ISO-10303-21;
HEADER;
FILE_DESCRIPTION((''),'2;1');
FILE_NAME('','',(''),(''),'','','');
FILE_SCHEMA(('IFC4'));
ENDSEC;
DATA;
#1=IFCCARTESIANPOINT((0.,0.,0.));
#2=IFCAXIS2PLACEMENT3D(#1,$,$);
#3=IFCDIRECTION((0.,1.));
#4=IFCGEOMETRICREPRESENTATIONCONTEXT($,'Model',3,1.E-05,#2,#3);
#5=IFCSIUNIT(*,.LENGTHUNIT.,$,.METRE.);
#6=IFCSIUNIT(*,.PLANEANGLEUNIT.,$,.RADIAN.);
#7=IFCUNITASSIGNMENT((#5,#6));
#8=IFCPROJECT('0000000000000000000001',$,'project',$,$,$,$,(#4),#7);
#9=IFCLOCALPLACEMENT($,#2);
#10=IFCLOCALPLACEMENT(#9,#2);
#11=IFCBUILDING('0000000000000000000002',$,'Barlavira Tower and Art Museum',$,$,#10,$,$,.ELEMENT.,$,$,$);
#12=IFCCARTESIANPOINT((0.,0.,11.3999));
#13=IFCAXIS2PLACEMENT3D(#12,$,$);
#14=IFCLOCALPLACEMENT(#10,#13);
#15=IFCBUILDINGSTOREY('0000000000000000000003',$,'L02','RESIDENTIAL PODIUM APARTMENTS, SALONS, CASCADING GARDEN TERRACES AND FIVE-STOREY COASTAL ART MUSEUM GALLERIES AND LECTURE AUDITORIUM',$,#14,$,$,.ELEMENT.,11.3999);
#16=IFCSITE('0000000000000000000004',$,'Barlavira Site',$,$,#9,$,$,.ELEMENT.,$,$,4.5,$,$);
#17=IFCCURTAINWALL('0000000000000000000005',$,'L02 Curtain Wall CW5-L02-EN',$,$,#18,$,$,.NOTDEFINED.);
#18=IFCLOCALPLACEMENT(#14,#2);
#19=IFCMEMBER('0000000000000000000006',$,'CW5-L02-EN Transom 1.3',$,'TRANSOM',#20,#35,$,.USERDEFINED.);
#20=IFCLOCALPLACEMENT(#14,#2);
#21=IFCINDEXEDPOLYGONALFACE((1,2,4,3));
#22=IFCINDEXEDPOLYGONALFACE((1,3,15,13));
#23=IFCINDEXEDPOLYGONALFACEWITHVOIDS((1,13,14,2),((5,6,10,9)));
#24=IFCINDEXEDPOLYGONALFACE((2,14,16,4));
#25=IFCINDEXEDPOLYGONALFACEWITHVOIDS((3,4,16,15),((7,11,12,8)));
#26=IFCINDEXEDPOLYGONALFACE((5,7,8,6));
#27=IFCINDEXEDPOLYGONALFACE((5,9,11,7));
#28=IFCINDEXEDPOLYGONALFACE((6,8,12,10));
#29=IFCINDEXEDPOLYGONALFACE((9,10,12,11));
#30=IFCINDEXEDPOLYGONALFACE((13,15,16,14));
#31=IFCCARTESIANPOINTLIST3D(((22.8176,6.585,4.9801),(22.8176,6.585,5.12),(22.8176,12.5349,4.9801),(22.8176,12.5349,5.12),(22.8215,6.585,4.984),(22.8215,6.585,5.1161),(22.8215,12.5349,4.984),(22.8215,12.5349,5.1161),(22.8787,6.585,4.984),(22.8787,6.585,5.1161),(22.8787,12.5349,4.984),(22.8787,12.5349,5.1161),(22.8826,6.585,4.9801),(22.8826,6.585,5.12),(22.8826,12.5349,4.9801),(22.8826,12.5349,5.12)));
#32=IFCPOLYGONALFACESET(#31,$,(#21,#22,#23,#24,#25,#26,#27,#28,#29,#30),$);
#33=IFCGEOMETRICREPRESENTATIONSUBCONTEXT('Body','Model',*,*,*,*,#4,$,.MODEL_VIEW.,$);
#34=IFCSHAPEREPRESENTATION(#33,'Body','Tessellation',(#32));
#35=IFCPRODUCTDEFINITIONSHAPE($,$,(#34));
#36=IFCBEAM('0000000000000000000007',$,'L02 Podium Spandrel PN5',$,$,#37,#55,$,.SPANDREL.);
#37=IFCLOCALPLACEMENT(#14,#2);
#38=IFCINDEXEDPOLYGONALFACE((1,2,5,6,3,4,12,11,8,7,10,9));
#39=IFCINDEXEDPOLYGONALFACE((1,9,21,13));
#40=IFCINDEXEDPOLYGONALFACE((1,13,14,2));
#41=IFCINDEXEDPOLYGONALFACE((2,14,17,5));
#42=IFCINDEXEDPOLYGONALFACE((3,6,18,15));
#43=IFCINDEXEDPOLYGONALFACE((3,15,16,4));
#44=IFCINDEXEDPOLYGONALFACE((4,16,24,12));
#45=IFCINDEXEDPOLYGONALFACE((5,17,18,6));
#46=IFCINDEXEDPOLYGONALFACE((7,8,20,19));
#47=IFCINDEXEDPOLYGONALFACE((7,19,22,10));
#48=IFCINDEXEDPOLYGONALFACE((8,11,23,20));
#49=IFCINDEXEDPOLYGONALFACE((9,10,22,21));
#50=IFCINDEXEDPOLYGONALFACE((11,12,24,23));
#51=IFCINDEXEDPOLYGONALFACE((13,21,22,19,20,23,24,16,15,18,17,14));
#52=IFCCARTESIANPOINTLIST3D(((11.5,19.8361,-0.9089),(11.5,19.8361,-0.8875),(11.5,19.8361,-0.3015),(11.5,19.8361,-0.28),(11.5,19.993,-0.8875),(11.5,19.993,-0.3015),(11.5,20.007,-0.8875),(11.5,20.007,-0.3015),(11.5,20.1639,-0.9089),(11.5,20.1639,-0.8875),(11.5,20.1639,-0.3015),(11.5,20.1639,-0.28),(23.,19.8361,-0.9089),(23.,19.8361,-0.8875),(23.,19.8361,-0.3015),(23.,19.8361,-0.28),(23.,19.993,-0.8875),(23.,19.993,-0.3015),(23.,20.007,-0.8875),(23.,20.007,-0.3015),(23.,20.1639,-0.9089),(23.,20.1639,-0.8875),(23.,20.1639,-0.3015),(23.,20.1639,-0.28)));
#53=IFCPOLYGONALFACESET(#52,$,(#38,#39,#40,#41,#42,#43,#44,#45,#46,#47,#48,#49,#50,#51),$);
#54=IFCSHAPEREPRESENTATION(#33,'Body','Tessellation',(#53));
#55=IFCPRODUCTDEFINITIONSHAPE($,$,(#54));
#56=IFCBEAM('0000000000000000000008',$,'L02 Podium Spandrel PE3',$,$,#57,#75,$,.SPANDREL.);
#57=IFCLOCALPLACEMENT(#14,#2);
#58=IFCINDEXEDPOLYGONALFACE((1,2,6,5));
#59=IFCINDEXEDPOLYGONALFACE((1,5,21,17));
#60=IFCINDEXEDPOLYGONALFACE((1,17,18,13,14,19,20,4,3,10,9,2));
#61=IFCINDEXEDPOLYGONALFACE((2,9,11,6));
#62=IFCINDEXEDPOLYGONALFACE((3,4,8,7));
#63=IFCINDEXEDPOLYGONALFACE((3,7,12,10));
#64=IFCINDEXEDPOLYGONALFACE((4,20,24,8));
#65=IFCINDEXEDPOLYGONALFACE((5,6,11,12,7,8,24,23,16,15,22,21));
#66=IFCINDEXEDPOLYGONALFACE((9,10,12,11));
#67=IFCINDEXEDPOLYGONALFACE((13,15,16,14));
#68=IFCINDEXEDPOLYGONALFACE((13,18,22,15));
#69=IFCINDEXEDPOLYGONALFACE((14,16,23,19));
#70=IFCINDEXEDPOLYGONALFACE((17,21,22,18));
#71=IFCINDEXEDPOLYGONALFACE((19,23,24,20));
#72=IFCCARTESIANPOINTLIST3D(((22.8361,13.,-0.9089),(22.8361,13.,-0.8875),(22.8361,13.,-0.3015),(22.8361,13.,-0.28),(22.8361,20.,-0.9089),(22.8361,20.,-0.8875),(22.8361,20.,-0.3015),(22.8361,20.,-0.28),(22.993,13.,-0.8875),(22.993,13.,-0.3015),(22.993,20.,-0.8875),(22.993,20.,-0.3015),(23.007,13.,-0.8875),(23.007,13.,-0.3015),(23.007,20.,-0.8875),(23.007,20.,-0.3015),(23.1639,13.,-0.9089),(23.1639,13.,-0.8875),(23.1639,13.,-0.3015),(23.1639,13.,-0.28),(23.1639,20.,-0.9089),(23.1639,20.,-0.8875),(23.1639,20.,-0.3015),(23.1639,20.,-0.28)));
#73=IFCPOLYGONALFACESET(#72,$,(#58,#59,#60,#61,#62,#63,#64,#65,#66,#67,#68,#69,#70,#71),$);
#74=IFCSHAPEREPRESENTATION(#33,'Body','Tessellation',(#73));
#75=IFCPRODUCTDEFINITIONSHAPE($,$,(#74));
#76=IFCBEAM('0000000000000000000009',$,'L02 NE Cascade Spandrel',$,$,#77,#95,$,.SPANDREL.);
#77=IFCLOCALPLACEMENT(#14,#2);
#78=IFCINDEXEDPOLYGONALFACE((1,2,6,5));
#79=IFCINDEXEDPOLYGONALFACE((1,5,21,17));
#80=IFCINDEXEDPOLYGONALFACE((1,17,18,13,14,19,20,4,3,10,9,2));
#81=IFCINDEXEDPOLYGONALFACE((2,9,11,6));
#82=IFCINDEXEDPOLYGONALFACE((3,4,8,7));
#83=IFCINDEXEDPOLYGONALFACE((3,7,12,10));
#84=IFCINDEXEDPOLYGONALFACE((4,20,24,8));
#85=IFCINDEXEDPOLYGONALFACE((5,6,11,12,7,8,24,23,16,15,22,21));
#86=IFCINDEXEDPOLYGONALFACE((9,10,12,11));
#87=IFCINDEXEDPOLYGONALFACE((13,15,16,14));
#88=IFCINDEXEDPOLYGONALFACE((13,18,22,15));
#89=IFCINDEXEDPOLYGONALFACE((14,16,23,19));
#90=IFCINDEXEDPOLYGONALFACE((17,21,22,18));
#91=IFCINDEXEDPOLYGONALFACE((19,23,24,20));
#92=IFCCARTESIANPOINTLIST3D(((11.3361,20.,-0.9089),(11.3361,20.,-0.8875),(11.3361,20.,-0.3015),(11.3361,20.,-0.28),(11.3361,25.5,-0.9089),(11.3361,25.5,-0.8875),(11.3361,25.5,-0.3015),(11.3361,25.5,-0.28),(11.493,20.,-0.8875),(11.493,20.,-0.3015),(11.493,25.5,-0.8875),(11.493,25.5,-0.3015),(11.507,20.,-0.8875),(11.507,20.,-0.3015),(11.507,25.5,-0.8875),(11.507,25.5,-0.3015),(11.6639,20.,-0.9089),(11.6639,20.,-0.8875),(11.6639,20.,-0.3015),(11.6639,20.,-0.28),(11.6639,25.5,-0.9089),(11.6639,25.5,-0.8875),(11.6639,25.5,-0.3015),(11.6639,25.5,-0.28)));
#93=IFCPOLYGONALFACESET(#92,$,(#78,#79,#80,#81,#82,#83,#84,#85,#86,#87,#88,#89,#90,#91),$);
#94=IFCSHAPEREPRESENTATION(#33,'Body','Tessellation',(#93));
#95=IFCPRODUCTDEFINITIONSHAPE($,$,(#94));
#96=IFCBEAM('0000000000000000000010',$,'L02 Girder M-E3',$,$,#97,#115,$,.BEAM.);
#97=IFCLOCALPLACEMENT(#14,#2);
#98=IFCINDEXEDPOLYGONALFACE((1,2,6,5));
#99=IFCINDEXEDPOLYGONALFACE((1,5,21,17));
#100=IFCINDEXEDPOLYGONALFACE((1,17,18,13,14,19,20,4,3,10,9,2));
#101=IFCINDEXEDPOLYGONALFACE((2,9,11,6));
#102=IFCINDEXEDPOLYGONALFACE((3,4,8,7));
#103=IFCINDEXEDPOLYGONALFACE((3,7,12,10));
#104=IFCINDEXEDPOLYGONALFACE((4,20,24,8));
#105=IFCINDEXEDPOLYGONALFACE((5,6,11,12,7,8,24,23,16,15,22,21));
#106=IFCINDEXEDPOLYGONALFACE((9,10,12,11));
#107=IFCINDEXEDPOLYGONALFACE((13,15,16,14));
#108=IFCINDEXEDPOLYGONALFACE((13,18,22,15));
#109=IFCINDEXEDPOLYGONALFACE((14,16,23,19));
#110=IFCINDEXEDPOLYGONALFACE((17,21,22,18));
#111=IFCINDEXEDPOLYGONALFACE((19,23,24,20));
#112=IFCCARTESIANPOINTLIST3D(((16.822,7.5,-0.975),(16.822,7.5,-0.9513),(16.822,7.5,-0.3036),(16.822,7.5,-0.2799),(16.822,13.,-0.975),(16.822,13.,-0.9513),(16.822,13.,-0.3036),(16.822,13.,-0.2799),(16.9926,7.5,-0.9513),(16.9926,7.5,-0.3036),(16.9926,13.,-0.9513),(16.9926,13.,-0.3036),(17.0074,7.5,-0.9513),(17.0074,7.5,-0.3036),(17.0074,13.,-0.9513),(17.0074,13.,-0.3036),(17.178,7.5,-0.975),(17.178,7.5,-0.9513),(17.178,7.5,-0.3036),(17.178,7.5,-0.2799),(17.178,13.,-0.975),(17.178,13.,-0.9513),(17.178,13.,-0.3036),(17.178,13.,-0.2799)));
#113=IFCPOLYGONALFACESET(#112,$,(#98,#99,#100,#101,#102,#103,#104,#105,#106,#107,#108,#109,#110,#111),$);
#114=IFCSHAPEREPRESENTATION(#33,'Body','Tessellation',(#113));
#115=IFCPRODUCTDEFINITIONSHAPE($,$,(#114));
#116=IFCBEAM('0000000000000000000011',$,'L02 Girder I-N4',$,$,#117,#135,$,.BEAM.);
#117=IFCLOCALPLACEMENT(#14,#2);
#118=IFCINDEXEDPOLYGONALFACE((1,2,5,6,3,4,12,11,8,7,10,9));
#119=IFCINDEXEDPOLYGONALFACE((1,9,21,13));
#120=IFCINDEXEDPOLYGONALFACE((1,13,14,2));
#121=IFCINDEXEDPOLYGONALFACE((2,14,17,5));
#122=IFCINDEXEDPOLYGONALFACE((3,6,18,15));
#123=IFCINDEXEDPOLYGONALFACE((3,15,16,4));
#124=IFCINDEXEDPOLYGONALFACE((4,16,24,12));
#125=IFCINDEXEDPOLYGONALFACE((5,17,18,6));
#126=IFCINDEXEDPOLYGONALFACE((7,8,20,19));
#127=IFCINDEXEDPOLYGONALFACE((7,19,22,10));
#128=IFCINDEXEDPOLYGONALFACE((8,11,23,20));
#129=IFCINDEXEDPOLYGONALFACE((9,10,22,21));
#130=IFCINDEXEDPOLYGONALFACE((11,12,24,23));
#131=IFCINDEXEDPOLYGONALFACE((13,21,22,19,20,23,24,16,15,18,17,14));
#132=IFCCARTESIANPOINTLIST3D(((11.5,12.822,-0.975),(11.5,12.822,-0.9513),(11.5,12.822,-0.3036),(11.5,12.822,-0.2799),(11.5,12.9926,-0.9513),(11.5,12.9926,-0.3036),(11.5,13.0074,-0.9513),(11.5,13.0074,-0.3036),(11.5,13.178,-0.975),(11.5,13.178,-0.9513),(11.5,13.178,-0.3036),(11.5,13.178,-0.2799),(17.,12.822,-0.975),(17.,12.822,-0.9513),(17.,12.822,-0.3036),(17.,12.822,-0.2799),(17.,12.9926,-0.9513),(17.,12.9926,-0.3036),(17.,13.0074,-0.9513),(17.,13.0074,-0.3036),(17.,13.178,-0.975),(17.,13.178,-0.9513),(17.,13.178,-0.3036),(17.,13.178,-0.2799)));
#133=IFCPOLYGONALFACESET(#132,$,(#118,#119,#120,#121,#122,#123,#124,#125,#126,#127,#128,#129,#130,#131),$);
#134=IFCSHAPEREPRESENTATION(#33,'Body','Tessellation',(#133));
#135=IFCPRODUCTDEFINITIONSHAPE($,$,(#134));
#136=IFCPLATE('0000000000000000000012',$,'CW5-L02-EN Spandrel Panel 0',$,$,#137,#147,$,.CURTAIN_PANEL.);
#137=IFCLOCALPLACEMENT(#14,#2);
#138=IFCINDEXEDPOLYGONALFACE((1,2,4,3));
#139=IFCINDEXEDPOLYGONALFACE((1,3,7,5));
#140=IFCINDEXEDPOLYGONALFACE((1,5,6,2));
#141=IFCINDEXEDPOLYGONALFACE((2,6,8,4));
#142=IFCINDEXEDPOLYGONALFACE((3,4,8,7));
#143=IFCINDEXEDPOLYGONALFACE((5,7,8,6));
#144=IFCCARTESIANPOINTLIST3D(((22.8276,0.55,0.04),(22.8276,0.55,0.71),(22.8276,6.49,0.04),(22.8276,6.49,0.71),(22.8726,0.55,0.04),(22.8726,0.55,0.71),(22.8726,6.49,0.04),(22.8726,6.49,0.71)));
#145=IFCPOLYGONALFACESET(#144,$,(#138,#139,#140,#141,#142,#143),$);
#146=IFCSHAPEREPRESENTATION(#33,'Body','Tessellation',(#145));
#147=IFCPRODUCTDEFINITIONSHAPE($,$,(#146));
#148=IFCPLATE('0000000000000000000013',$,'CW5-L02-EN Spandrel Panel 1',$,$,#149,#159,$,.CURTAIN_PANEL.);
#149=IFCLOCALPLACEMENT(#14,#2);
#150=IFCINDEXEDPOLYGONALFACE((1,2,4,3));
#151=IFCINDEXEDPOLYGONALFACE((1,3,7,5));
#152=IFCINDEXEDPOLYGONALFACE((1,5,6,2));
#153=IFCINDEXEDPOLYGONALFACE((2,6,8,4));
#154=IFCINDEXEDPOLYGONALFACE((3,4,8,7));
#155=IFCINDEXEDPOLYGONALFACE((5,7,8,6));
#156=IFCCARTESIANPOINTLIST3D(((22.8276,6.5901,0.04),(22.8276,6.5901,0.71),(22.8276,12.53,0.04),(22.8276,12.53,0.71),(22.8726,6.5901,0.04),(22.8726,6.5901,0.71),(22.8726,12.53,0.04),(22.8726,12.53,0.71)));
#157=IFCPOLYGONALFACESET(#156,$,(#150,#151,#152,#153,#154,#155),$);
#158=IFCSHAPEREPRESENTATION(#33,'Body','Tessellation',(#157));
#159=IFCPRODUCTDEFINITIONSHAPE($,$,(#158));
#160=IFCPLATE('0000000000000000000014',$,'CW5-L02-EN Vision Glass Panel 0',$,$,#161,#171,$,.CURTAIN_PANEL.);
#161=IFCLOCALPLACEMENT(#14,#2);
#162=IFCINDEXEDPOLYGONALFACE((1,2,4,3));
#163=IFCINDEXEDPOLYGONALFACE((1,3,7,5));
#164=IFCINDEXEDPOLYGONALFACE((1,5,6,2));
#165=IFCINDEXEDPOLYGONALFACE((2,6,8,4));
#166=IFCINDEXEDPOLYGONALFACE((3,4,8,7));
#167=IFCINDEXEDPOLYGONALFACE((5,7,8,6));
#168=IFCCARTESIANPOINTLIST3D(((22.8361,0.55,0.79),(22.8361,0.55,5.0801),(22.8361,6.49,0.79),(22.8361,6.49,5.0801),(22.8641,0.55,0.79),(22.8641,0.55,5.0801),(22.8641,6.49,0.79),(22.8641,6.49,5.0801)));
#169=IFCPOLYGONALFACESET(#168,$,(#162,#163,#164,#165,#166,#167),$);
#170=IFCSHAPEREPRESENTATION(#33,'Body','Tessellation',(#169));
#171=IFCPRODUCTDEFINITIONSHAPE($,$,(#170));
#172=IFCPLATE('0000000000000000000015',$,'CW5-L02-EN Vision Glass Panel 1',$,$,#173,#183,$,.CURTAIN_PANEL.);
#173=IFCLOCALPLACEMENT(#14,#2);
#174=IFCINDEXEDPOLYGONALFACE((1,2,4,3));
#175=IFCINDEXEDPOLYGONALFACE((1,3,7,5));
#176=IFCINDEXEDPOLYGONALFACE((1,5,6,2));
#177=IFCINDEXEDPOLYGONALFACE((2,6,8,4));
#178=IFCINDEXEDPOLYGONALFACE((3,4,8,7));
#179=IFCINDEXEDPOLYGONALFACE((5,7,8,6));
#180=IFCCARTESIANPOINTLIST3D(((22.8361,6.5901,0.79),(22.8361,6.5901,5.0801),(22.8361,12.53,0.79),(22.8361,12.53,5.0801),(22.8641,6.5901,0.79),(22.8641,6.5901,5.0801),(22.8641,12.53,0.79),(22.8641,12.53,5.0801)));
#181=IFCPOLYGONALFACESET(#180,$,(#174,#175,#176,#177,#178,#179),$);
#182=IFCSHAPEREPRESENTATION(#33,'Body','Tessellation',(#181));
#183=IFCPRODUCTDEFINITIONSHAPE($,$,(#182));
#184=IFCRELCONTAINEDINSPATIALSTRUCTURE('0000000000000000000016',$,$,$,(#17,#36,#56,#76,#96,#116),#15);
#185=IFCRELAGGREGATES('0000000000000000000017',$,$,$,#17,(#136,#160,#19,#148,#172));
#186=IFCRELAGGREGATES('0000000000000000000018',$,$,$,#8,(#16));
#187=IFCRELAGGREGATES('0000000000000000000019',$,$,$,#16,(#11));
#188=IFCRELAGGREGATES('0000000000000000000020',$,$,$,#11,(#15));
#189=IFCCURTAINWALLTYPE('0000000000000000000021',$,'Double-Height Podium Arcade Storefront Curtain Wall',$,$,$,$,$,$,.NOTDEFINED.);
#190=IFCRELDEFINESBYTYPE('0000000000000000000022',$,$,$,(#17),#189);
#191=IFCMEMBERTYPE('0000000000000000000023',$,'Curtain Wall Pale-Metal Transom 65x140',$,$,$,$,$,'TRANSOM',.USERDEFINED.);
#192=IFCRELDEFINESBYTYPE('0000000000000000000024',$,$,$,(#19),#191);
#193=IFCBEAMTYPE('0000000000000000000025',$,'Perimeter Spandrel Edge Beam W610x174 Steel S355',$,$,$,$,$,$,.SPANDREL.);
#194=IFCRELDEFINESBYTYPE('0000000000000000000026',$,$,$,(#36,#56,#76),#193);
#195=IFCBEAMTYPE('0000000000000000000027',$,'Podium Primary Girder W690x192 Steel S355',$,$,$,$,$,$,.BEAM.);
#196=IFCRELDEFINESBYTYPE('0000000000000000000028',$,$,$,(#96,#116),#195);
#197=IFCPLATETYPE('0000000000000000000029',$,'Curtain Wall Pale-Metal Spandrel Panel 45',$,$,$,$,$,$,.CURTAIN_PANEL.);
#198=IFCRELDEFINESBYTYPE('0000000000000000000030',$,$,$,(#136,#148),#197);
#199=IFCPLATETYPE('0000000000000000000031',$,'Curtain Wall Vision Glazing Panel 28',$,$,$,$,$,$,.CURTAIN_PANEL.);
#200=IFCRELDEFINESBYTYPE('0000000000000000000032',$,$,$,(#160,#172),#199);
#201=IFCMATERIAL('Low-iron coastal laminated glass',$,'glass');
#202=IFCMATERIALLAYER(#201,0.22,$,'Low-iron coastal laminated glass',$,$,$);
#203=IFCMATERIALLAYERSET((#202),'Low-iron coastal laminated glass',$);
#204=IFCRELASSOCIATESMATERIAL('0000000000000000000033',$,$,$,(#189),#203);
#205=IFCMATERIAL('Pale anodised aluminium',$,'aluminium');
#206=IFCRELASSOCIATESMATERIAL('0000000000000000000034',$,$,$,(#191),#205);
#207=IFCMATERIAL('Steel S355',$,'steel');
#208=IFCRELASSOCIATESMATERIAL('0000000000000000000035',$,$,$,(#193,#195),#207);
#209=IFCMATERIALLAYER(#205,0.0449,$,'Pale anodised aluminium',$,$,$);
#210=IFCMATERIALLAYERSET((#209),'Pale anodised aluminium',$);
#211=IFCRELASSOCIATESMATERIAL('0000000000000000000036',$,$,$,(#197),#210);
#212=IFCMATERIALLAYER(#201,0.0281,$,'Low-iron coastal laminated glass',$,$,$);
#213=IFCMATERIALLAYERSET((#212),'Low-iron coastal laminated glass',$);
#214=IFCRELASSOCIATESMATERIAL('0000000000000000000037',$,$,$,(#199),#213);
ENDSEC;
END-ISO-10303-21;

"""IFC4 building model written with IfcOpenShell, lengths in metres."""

from ifc_helpers import new_model, si_unit, direction, frame, origin, origin_2d, place, context, subcontext, project, spatial, rectangle, hollow_rectangle, i_section, extrude, material, layer, layer_set, material_profile, profile_set, type_object, element, aggregate, save


model = new_model("IFC4")

# Units and contexts
model_context = context("Model", 3, precision=1e-05, world=origin(), true_north=direction((0.0, 1.0)))
body_context = subcontext(model_context, "Body", "Model", "MODEL_VIEW")
ifc_project = project(units=[si_unit("LENGTHUNIT", "METRE"), si_unit("PLANEANGLEUNIT", "RADIAN")], contexts=[model_context])

# Site, building, storey
site_placement = place(None, origin())
site = spatial("IfcSite", under=ifc_project, at=site_placement, Name="Barlavira Site", CompositionType="ELEMENT", RefElevation=4.5)
building_placement = place(site_placement, origin())
building = spatial("IfcBuilding", under=site, at=building_placement, Name="Barlavira Tower and Art Museum", CompositionType="ELEMENT")
storey_placement = place(building_placement, frame((0.0, 0.0, 11.3999)))
storey = spatial("IfcBuildingStorey", under=building, at=storey_placement, Name="L02", Description="RESIDENTIAL PODIUM APARTMENTS, SALONS, CASCADING GARDEN TERRACES AND FIVE-STOREY COASTAL ART MUSEUM GALLERIES AND LECTURE AUDITORIUM", CompositionType="ELEMENT", Elevation=11.3999)

# Shared definitions
ifc_material_1 = material(Name="Steel S355", Category="steel")

# Curtain wall, member
ifc_material_2 = material(Name="Low-iron coastal laminated glass", Category="glass")
ifc_layer_1 = layer(ifc_material_2, 0.22, Name="Low-iron coastal laminated glass")
ifc_layer_set_1 = layer_set([ifc_layer_1], Name="Low-iron coastal laminated glass")
curtain_wall_type = type_object("IfcCurtainWallType", Name="Double-Height Podium Arcade Storefront Curtain Wall", PredefinedType="NOTDEFINED", material=ifc_layer_set_1)
curtain_wall_placement = place(storey_placement, origin())
curtain_wall = element("IfcCurtainWall", 1, at=curtain_wall_placement, inside=storey, type_object=curtain_wall_type, Name="L02 Curtain Wall CW5-L02-EN", PredefinedType="NOTDEFINED")
ifc_material_3 = material(Name="Pale anodised aluminium", Category="aluminium")
ifc_material_profile_1 = material_profile(ifc_material_3, hollow_rectangle(XDim=0.0649, YDim=0.1399, WallThickness=0.0039, at=origin_2d()), Name="ALU-TRAN 65x140x4")
ifc_profile_set_1 = profile_set([ifc_material_profile_1], Name="Pale anodised aluminium")
member_type_1 = type_object("IfcMemberType", Name="Curtain Wall Pale-Metal Transom 65x140", ElementType="TRANSOM", PredefinedType="USERDEFINED", material=ifc_profile_set_1)
member_1_placement = place(storey_placement, frame((22.8501, 6.585, 5.05), z_axis=(0.0, 1.0, 0.0), x_axis=(-1.0, 0.0, 0.0)))
member_1 = element("IfcMember", 2, at=member_1_placement, type_object=member_type_1, Name="CW5-L02-EN Transom 1.3", ObjectType="TRANSOM", PredefinedType="USERDEFINED", context=body_context, shape_type="SweptSolid", body=[
    extrude(hollow_rectangle(XDim=0.0649, YDim=0.1399, WallThickness=0.0039, at=origin_2d()), origin(), (0.0, 0.0, 1.0), 5.95),
])

# Beams
ifc_material_profile_2 = material_profile(ifc_material_1, i_section(OverallWidth=0.3279, OverallDepth=0.6289, WebThickness=0.0139, FlangeThickness=0.0215, at=origin_2d()), Name="W610x174.0")
ifc_profile_set_2 = profile_set([ifc_material_profile_2], Name="Steel S355")
beam_type_1 = type_object("IfcBeamType", Name="Perimeter Spandrel Edge Beam W610x174 Steel S355", PredefinedType="SPANDREL", material=ifc_profile_set_2)
beam_1_placement = place(storey_placement, frame((11.5, 20.0, -0.5945), z_axis=(1.0, 0.0, 0.0), x_axis=(0.0, 1.0, 0.0)))
element("IfcBeam", 3, at=beam_1_placement, inside=storey, type_object=beam_type_1, Name="L02 Podium Spandrel PN5", PredefinedType="SPANDREL", context=body_context, shape_type="SweptSolid", body=[
    extrude(i_section(OverallWidth=0.3279, OverallDepth=0.6289, WebThickness=0.0139, FlangeThickness=0.0215, at=origin_2d()), origin(), (0.0, 0.0, 1.0), 11.5),
])
beam_2_placement = place(storey_placement, frame((23.0, 13.0, -0.5945), z_axis=(0.0, 1.0, 0.0), x_axis=(-1.0, 0.0, 0.0)))
element("IfcBeam", 4, at=beam_2_placement, inside=storey, type_object=beam_type_1, Name="L02 Podium Spandrel PE3", PredefinedType="SPANDREL", context=body_context, shape_type="SweptSolid", body=[
    extrude(i_section(OverallWidth=0.3279, OverallDepth=0.6289, WebThickness=0.0139, FlangeThickness=0.0215, at=origin_2d()), origin(), (0.0, 0.0, 1.0), 7.0),
])
beam_3_placement = place(storey_placement, frame((11.5, 20.0, -0.5945), z_axis=(0.0, 1.0, 0.0), x_axis=(-1.0, 0.0, 0.0)))
element("IfcBeam", 5, at=beam_3_placement, inside=storey, type_object=beam_type_1, Name="L02 NE Cascade Spandrel", PredefinedType="SPANDREL", context=body_context, shape_type="SweptSolid", body=[
    extrude(i_section(OverallWidth=0.3279, OverallDepth=0.6289, WebThickness=0.0139, FlangeThickness=0.0215, at=origin_2d()), origin(), (0.0, 0.0, 1.0), 5.5),
])
ifc_material_profile_3 = material_profile(ifc_material_1, i_section(OverallWidth=0.356, OverallDepth=0.6951, WebThickness=0.0149, FlangeThickness=0.0237, at=origin_2d()), Name="W690x192.0")
ifc_profile_set_3 = profile_set([ifc_material_profile_3], Name="Steel S355")
beam_type_2 = type_object("IfcBeamType", Name="Podium Primary Girder W690x192 Steel S355", PredefinedType="BEAM", material=ifc_profile_set_3)
for number, where, z_axis, x_axis, name in (
    (6, (17.0, 7.5, -0.6274), (0.0, 1.0, 0.0), (-1.0, 0.0, 0.0), "L02 Girder M-E3"),
    (7, (11.5, 13.0, -0.6274), (1.0, 0.0, 0.0), (0.0, 1.0, 0.0), "L02 Girder I-N4"),
):
    element("IfcBeam", number, at=place(storey_placement, frame(where, z_axis=z_axis, x_axis=x_axis)), inside=storey, type_object=beam_type_2, Name=name, PredefinedType="BEAM", context=body_context, shape_type="SweptSolid", body=[
        extrude(i_section(OverallWidth=0.356, OverallDepth=0.6951, WebThickness=0.0149, FlangeThickness=0.0237, at=origin_2d()), origin(), (0.0, 0.0, 1.0), 5.5),
    ])

# Plates
ifc_layer_2 = layer(ifc_material_3, 0.0449, Name="Pale anodised aluminium")
ifc_layer_set_2 = layer_set([ifc_layer_2], Name="Pale anodised aluminium")
plate_type_1 = type_object("IfcPlateType", Name="Curtain Wall Pale-Metal Spandrel Panel 45", PredefinedType="CURTAIN_PANEL", material=ifc_layer_set_2)
plate_1_placement = place(storey_placement, frame((22.8501, 3.52, 0.04), z_axis=(0.0, 0.0, 1.0), x_axis=(0.0, 1.0, 0.0)))
plate_1 = element("IfcPlate", 8, at=plate_1_placement, type_object=plate_type_1, Name="CW5-L02-EN Spandrel Panel 0", PredefinedType="CURTAIN_PANEL", context=body_context, shape_type="SweptSolid", body=[
    extrude(rectangle(XDim=5.9399, YDim=0.0449, at=origin_2d()), origin(), (0.0, 0.0, 1.0), 0.6699),
])
plate_2_placement = place(storey_placement, frame((22.8501, 9.5601, 0.04), z_axis=(0.0, 0.0, 1.0), x_axis=(0.0, 1.0, 0.0)))
plate_2 = element("IfcPlate", 9, at=plate_2_placement, type_object=plate_type_1, Name="CW5-L02-EN Spandrel Panel 1", PredefinedType="CURTAIN_PANEL", context=body_context, shape_type="SweptSolid", body=[
    extrude(rectangle(XDim=5.9399, YDim=0.0449, at=origin_2d()), origin(), (0.0, 0.0, 1.0), 0.6699),
])
ifc_layer_3 = layer(ifc_material_2, 0.0281, Name="Low-iron coastal laminated glass")
ifc_layer_set_3 = layer_set([ifc_layer_3], Name="Low-iron coastal laminated glass")
plate_type_2 = type_object("IfcPlateType", Name="Curtain Wall Vision Glazing Panel 28", PredefinedType="CURTAIN_PANEL", material=ifc_layer_set_3)
plate_3_placement = place(storey_placement, frame((22.8501, 3.52, 0.79), z_axis=(0.0, 0.0, 1.0), x_axis=(0.0, 1.0, 0.0)))
plate_3 = element("IfcPlate", 10, at=plate_3_placement, type_object=plate_type_2, Name="CW5-L02-EN Vision Glass Panel 0", PredefinedType="CURTAIN_PANEL", context=body_context, shape_type="SweptSolid", body=[
    extrude(rectangle(XDim=5.9399, YDim=0.0281, at=origin_2d()), origin(), (0.0, 0.0, 1.0), 4.29),
])
plate_4_placement = place(storey_placement, frame((22.8501, 9.5601, 0.79), z_axis=(0.0, 0.0, 1.0), x_axis=(0.0, 1.0, 0.0)))
plate_4 = element("IfcPlate", 11, at=plate_4_placement, type_object=plate_type_2, Name="CW5-L02-EN Vision Glass Panel 1", PredefinedType="CURTAIN_PANEL", context=body_context, shape_type="SweptSolid", body=[
    extrude(rectangle(XDim=5.9399, YDim=0.0281, at=origin_2d()), origin(), (0.0, 0.0, 1.0), 4.29),
])
aggregate(curtain_wall, [plate_1, plate_3, member_1, plate_2, plate_4])

save(model, "model.ifc")
